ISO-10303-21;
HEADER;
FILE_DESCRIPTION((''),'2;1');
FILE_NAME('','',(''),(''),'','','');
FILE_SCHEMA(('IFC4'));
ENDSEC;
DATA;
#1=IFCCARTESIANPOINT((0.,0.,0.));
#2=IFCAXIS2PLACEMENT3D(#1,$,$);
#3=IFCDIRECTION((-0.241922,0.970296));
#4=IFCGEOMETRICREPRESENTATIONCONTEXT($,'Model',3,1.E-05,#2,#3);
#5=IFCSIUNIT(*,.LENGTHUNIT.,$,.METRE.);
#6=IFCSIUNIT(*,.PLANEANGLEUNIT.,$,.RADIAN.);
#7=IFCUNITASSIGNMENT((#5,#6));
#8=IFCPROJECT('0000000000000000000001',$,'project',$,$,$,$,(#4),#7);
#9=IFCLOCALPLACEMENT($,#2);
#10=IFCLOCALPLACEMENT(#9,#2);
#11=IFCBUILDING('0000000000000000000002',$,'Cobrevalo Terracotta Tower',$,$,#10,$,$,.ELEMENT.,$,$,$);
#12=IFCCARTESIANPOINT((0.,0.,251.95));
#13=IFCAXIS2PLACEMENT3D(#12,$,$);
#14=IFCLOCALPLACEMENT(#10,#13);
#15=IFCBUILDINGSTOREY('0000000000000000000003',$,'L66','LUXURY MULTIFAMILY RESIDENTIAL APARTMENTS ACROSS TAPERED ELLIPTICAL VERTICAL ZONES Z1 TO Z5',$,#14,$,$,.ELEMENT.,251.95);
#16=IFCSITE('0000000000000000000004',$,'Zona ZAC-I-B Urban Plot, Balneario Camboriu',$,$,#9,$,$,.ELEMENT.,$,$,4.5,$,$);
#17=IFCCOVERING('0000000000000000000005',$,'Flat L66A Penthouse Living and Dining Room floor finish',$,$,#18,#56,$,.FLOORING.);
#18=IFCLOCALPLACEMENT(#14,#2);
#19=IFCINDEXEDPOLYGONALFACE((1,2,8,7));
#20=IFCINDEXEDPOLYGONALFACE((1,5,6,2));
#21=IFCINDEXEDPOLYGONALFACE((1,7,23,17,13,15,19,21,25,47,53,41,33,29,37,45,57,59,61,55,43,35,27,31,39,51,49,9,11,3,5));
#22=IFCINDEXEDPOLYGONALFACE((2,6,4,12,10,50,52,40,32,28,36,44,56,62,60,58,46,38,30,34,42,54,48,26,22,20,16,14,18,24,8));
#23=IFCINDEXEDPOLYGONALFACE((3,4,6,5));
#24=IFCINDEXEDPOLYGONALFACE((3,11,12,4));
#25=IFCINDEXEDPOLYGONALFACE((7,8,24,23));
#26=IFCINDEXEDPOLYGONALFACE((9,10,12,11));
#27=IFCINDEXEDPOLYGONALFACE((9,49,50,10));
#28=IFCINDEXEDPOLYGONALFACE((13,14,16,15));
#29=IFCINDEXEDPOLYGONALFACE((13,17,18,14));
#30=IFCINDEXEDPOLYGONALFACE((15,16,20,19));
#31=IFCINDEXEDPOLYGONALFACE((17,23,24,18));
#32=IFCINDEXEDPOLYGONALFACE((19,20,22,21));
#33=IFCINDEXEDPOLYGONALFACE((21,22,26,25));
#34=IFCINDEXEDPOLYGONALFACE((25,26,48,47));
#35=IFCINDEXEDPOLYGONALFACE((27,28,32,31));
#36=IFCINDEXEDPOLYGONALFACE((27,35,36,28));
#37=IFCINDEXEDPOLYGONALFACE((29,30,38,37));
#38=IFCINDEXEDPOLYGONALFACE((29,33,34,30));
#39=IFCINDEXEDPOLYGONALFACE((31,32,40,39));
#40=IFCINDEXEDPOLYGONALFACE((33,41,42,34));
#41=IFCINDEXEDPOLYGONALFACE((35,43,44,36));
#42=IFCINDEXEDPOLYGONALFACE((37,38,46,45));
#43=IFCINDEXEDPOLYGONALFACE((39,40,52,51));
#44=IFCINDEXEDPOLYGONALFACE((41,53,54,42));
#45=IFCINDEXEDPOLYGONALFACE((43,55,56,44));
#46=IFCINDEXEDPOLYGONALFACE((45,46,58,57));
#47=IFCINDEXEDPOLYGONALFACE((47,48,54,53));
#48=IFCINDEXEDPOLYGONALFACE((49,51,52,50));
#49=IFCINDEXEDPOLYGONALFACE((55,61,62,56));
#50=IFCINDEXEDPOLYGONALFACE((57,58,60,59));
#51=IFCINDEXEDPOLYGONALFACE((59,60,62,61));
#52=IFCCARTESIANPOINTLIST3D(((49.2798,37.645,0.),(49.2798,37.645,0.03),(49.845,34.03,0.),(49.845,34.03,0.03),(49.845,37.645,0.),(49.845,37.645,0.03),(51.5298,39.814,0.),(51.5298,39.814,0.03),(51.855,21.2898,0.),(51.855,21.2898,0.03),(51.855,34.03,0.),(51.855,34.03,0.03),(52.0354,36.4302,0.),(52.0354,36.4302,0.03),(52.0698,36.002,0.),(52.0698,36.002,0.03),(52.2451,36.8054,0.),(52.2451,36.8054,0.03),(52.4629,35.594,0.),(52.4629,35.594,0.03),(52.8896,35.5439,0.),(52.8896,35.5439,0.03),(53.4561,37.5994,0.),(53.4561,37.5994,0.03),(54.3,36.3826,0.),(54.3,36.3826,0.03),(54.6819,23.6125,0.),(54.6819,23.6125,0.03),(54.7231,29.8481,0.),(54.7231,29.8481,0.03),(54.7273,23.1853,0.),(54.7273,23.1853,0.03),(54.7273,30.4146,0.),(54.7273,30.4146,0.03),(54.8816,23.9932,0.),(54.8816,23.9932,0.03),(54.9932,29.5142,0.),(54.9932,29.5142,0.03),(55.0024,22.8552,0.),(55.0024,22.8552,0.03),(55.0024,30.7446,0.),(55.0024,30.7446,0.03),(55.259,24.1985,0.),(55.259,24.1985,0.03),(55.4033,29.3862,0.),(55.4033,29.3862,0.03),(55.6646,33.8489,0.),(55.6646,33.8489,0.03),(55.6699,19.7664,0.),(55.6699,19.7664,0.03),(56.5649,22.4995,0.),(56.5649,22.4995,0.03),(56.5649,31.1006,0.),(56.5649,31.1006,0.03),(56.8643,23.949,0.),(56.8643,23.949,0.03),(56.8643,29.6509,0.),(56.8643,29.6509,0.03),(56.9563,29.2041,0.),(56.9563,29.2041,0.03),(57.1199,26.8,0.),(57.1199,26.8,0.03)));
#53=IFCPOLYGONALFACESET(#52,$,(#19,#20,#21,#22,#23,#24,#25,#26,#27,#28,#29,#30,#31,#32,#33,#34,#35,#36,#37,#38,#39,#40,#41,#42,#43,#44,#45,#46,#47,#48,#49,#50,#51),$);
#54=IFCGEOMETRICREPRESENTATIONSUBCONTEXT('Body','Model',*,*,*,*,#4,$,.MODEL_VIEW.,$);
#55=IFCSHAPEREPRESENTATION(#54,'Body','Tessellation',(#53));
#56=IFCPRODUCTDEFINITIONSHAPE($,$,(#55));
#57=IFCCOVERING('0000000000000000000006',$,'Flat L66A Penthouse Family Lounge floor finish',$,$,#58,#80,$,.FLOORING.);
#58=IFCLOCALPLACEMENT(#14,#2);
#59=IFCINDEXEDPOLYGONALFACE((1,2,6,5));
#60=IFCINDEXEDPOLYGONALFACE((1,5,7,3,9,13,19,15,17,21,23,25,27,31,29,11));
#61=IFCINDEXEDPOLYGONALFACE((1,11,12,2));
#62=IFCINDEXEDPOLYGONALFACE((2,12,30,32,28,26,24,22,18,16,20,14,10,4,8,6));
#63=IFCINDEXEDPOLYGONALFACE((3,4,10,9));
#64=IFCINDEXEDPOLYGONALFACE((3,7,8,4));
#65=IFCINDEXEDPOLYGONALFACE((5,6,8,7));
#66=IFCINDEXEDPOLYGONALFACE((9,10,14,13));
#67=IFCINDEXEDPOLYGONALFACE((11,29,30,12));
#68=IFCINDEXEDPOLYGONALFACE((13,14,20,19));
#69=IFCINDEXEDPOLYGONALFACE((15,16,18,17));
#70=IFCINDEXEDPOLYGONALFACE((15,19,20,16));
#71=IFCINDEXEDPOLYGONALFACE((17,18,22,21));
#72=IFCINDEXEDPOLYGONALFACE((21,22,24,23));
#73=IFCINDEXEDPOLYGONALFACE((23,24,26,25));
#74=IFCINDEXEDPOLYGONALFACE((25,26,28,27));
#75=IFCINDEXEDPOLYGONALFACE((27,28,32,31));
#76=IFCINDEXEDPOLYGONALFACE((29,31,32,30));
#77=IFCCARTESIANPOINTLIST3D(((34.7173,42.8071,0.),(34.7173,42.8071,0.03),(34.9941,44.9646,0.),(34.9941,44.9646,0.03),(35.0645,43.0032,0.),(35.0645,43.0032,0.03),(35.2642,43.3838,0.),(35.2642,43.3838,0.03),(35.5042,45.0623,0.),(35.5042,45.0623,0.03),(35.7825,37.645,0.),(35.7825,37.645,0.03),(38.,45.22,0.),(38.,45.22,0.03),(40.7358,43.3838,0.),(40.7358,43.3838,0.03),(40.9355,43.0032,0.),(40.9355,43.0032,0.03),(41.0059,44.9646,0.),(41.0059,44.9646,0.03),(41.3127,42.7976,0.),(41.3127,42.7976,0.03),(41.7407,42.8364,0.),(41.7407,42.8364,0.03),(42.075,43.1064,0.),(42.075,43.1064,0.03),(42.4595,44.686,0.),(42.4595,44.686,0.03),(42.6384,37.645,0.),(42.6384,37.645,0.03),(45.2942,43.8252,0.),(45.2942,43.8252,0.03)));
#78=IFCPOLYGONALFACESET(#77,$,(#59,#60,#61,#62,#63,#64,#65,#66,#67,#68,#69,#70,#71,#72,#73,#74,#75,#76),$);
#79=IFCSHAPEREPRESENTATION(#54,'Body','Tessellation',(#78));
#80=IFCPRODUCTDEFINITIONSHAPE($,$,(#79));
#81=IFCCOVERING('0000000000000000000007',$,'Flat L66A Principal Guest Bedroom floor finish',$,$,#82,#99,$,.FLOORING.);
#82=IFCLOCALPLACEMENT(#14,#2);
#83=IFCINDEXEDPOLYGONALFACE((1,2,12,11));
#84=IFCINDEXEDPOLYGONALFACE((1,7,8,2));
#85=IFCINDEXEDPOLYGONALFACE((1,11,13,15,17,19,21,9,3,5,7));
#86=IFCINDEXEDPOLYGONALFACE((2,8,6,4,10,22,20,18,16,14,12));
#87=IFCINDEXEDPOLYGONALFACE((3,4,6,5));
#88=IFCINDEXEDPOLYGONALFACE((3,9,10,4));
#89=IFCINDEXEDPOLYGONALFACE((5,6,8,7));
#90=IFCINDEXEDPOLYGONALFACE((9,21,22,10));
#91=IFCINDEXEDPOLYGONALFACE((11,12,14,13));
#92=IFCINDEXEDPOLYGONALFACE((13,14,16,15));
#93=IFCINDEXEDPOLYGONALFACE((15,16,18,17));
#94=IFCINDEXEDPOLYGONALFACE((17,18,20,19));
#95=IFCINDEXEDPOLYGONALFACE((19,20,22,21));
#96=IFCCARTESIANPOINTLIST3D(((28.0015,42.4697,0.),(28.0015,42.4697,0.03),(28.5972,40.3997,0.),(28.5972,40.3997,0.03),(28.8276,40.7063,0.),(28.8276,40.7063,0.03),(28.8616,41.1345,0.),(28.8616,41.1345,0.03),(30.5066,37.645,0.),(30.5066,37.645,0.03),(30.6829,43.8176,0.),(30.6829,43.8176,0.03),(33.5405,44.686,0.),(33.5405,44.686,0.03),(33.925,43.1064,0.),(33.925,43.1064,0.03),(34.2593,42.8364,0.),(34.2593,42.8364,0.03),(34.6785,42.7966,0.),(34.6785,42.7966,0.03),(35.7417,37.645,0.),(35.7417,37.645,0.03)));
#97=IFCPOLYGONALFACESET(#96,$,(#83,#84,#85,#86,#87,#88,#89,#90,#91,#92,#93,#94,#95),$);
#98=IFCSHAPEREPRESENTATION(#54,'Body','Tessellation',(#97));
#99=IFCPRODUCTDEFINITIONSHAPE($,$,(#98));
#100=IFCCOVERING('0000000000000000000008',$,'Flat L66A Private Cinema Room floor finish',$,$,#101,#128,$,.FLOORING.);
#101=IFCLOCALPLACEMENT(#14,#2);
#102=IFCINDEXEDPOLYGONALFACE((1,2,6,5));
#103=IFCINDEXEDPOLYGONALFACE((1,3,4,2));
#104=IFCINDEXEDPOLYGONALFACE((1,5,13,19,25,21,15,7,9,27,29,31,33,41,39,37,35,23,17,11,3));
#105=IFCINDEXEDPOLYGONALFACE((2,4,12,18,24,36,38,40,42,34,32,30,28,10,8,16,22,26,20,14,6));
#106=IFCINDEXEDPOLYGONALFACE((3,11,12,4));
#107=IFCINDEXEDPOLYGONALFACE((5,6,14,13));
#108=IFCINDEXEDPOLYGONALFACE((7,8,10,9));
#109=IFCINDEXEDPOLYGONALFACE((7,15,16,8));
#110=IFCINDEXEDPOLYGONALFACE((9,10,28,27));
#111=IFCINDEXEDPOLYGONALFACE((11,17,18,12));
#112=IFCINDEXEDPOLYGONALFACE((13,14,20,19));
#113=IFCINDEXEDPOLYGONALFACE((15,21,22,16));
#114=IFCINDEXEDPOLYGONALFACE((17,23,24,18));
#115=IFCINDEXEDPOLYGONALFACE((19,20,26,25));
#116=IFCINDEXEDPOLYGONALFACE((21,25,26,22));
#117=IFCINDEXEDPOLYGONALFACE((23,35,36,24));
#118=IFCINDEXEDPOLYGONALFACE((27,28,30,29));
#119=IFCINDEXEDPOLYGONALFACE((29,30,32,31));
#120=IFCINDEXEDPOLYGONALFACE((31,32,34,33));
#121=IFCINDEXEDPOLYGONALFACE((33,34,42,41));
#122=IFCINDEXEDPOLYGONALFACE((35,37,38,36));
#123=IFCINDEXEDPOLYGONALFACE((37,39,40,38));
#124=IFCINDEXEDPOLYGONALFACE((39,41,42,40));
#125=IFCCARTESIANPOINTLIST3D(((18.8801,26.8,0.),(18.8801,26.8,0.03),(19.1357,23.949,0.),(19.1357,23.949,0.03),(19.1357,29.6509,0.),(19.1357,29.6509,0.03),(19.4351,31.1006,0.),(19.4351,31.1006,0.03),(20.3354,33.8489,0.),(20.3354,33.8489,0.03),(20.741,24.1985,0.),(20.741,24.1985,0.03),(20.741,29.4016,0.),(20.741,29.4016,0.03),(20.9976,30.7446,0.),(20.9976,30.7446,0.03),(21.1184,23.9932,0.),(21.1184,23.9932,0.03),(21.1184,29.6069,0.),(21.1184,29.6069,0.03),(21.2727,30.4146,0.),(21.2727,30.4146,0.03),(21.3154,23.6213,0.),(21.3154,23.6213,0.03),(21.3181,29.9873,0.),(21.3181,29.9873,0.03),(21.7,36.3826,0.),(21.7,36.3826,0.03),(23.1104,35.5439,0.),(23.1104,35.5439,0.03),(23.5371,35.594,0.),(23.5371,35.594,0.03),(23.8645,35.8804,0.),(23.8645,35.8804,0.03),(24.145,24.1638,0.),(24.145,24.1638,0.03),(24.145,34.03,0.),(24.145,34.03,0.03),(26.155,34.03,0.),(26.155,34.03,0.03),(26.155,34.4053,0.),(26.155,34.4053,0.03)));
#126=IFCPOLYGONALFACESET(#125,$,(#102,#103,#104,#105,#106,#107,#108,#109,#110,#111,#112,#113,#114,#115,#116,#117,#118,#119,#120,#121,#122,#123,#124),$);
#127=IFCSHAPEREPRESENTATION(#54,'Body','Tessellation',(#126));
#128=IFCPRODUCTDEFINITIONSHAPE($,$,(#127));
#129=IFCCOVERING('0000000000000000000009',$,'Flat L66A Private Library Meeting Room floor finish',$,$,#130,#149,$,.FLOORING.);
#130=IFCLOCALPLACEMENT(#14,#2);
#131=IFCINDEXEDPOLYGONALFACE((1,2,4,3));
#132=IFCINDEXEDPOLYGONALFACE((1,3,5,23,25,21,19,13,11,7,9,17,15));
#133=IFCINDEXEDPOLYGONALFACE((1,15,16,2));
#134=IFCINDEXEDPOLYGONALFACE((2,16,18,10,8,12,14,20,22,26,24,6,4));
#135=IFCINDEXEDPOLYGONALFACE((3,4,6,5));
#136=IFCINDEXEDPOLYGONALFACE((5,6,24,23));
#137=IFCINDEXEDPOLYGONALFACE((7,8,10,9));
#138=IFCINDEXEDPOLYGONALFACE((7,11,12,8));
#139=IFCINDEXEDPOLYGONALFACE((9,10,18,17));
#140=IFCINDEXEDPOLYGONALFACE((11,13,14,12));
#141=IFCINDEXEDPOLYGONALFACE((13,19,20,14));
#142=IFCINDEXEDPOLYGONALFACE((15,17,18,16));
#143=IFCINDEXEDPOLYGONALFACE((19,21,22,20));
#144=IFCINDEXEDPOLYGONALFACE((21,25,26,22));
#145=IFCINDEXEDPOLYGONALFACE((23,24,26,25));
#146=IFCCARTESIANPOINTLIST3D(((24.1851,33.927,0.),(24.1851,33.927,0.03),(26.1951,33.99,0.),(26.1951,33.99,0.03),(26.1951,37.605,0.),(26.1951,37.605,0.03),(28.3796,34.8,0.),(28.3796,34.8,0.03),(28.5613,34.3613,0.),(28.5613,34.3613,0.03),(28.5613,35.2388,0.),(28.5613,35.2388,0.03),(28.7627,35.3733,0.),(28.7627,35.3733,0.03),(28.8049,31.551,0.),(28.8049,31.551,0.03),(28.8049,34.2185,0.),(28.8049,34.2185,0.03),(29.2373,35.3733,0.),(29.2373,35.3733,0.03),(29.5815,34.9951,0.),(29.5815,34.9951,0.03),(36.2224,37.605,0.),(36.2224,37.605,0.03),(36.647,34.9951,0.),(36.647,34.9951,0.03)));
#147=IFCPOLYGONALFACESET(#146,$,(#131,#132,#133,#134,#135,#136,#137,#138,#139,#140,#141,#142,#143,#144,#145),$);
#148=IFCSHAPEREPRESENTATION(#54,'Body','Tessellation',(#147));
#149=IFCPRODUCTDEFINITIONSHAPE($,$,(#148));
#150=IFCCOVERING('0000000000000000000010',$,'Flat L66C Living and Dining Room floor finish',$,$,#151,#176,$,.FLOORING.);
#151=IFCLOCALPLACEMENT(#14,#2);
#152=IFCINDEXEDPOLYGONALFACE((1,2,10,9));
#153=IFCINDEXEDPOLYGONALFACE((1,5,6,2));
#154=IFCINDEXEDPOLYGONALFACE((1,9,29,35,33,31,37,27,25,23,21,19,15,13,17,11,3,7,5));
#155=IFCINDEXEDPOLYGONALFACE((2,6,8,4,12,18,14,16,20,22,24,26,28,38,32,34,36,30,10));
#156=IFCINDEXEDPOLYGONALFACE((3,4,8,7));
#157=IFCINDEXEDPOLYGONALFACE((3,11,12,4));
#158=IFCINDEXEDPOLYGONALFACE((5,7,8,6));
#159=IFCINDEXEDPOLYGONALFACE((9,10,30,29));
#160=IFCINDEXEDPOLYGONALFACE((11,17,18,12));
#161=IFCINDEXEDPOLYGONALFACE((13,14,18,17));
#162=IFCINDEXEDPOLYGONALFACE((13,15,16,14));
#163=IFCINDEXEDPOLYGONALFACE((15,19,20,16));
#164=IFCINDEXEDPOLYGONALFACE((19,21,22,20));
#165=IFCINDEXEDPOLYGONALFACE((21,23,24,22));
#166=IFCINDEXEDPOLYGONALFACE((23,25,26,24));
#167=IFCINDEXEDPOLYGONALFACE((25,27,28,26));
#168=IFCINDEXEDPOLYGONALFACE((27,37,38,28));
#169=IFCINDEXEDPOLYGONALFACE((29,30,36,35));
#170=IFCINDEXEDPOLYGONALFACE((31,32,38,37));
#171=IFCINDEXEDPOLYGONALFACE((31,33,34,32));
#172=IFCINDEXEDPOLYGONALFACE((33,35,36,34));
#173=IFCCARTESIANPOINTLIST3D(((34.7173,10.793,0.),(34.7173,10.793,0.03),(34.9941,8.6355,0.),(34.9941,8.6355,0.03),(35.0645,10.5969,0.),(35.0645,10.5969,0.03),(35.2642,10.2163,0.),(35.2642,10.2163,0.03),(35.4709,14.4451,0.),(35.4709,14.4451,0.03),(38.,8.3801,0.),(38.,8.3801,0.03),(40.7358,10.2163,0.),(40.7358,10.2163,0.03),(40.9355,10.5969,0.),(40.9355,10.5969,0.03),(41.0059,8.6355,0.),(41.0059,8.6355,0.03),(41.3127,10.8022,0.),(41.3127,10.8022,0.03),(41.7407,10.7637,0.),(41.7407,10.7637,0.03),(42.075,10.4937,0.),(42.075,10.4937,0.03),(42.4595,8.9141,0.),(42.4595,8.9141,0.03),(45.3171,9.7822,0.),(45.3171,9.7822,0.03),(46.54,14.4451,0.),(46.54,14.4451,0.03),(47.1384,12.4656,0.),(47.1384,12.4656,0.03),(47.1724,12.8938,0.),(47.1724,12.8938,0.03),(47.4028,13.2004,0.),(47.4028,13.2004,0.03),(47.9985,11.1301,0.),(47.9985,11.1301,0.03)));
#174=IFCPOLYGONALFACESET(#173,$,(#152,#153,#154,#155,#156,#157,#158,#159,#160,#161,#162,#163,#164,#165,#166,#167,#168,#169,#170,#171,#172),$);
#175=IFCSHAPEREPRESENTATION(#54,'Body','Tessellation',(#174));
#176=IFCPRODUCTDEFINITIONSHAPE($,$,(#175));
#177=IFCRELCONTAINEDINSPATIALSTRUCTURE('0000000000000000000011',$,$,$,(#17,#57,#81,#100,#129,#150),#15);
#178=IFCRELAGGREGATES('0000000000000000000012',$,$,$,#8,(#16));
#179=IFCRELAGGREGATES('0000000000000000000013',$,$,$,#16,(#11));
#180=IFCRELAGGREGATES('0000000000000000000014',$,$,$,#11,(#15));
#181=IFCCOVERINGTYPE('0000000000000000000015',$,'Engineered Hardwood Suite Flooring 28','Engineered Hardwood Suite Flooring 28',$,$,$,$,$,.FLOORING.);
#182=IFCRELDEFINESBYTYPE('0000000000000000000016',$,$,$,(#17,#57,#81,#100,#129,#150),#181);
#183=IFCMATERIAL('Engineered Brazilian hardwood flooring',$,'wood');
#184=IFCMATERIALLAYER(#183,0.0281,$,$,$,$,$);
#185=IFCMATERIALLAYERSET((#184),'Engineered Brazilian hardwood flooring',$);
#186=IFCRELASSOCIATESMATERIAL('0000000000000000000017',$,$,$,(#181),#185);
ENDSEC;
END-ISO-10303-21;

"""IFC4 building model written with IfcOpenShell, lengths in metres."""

from ifc_helpers import new_model, si_unit, direction, frame, origin, place, context, subcontext, project, spatial, polyline, outline, extrude, material, layer, layer_set, type_object, element, save


model = new_model("IFC4")

# Units and contexts
model_context = context("Model", 3, precision=1e-05, world=origin(), true_north=direction((-0.241922, 0.970296)))
body_context = subcontext(model_context, "Body", "Model", "MODEL_VIEW")
ifc_project = project(units=[si_unit("LENGTHUNIT", "METRE"), si_unit("PLANEANGLEUNIT", "RADIAN")], contexts=[model_context])

# Site, building, storey
site_placement = place(None, origin())
site = spatial("IfcSite", under=ifc_project, at=site_placement, Name="Zona ZAC-I-B Urban Plot, Balneario Camboriu", CompositionType="ELEMENT", RefElevation=4.5)
building_placement = place(site_placement, origin())
building = spatial("IfcBuilding", under=site, at=building_placement, Name="Cobrevalo Terracotta Tower", CompositionType="ELEMENT")
storey_placement = place(building_placement, frame((0.0, 0.0, 251.95)))
storey = spatial("IfcBuildingStorey", under=building, at=storey_placement, Name="L66", Description="LUXURY MULTIFAMILY RESIDENTIAL APARTMENTS ACROSS TAPERED ELLIPTICAL VERTICAL ZONES Z1 TO Z5", CompositionType="ELEMENT", Elevation=251.95)

# Coverings
ifc_material_1 = material(Name="Engineered Brazilian hardwood flooring", Category="wood")
ifc_layer_1 = layer(ifc_material_1, 0.0281)
ifc_layer_set_1 = layer_set([ifc_layer_1], Name="Engineered Brazilian hardwood flooring")
covering_type_1 = type_object("IfcCoveringType", Name="Engineered Hardwood Suite Flooring 28", Description="Engineered Hardwood Suite Flooring 28", PredefinedType="FLOORING", material=ifc_layer_set_1)
covering_1_placement = place(storey_placement, origin())
element("IfcCovering", 1, at=covering_1_placement, inside=storey, type_object=covering_type_1, Name="Flat L66A Penthouse Living and Dining Room floor finish", PredefinedType="FLOORING", context=body_context, shape_type="SweptSolid", body=[
    extrude(outline(polyline([(51.5298, 39.814), (53.4561, 37.5994), (52.2451, 36.8054), (52.0354, 36.4302), (52.0698, 36.002), (52.4629, 35.594), (52.8896, 35.5439), (54.3, 36.3826), (55.6646, 33.8489), (56.5649, 31.1006), (55.0024, 30.7446), (54.7273, 30.4146), (54.7231, 29.8481), (54.9932, 29.5142), (55.4033, 29.3862), (56.8643, 29.6509), (56.9563, 29.2041), (57.1199, 26.8), (56.8643, 23.949), (55.259, 24.1985), (54.8816, 23.9932), (54.6819, 23.6125), (54.7273, 23.1853), (55.0024, 22.8552), (56.5649, 22.4995), (55.6699, 19.7664), (51.855, 21.2898), (51.855, 34.03), (49.845, 34.03), (49.845, 37.645), (49.2798, 37.645), (51.5298, 39.814)])), origin(), (0.0, 0.0, 1.0), 0.03),
])
covering_2_placement = place(storey_placement, origin())
element("IfcCovering", 2, at=covering_2_placement, inside=storey, type_object=covering_type_1, Name="Flat L66A Penthouse Family Lounge floor finish", PredefinedType="FLOORING", context=body_context, shape_type="SweptSolid", body=[
    extrude(outline(polyline([(34.7173, 42.8071), (35.0645, 43.0032), (35.2642, 43.3838), (34.9941, 44.9646), (35.5042, 45.0623), (38.0, 45.22), (41.0059, 44.9646), (40.7358, 43.3838), (40.9355, 43.0032), (41.3127, 42.7976), (41.7407, 42.8364), (42.075, 43.1064), (42.4595, 44.686), (45.2942, 43.8252), (42.6384, 37.645), (35.7825, 37.645), (34.7173, 42.8071)])), origin(), (0.0, 0.0, 1.0), 0.03),
])
covering_3_placement = place(storey_placement, origin())
element("IfcCovering", 3, at=covering_3_placement, inside=storey, type_object=covering_type_1, Name="Flat L66A Principal Guest Bedroom floor finish", PredefinedType="FLOORING", context=body_context, shape_type="SweptSolid", body=[
    extrude(outline(polyline([(28.5972, 40.3997), (28.8276, 40.7063), (28.8616, 41.1345), (28.0015, 42.4697), (30.6829, 43.8176), (33.5405, 44.686), (33.925, 43.1064), (34.2593, 42.8364), (34.6785, 42.7966), (35.7417, 37.645), (30.5066, 37.645), (28.5972, 40.3997)])), origin(), (0.0, 0.0, 1.0), 0.03),
])
covering_4_placement = place(storey_placement, origin())
element("IfcCovering", 4, at=covering_4_placement, inside=storey, type_object=covering_type_1, Name="Flat L66A Private Cinema Room floor finish", PredefinedType="FLOORING", context=body_context, shape_type="SweptSolid", body=[
    extrude(outline(polyline([(21.3154, 23.6213), (21.1184, 23.9932), (20.741, 24.1985), (19.1357, 23.949), (18.8801, 26.8), (19.1357, 29.6509), (20.741, 29.4016), (21.1184, 29.6069), (21.3181, 29.9873), (21.2727, 30.4146), (20.9976, 30.7446), (19.4351, 31.1006), (20.3354, 33.8489), (21.7, 36.3826), (23.1104, 35.5439), (23.5371, 35.594), (23.8645, 35.8804), (26.155, 34.4053), (26.155, 34.03), (24.145, 34.03), (24.145, 24.1638), (21.3154, 23.6213)])), origin(), (0.0, 0.0, 1.0), 0.03),
])
covering_5_placement = place(storey_placement, origin())
element("IfcCovering", 5, at=covering_5_placement, inside=storey, type_object=covering_type_1, Name="Flat L66A Private Library Meeting Room floor finish", PredefinedType="FLOORING", context=body_context, shape_type="SweptSolid", body=[
    extrude(outline(polyline([(28.8049, 31.551), (24.1851, 33.927), (26.1951, 33.99), (26.1951, 37.605), (36.2224, 37.605), (36.647, 34.9951), (29.5815, 34.9951), (29.2373, 35.3733), (28.7627, 35.3733), (28.5613, 35.2388), (28.3796, 34.8), (28.5613, 34.3613), (28.8049, 34.2185), (28.8049, 31.551)])), origin(), (0.0, 0.0, 1.0), 0.03),
])
covering_6_placement = place(storey_placement, origin())
element("IfcCovering", 6, at=covering_6_placement, inside=storey, type_object=covering_type_1, Name="Flat L66C Living and Dining Room floor finish", PredefinedType="FLOORING", context=body_context, shape_type="SweptSolid", body=[
    extrude(outline(polyline([(45.3171, 9.7822), (42.4595, 8.9141), (42.075, 10.4937), (41.7407, 10.7637), (41.3127, 10.8022), (40.9355, 10.5969), (40.7358, 10.2163), (41.0059, 8.6355), (38.0, 8.3801), (34.9941, 8.6355), (35.2642, 10.2163), (35.0645, 10.5969), (34.7173, 10.793), (35.4709, 14.4451), (46.54, 14.4451), (47.4028, 13.2004), (47.1724, 12.8938), (47.1384, 12.4656), (47.9985, 11.1301), (45.3171, 9.7822)])), origin(), (0.0, 0.0, 1.0), 0.03),
])

save(model, "model.ifc")
